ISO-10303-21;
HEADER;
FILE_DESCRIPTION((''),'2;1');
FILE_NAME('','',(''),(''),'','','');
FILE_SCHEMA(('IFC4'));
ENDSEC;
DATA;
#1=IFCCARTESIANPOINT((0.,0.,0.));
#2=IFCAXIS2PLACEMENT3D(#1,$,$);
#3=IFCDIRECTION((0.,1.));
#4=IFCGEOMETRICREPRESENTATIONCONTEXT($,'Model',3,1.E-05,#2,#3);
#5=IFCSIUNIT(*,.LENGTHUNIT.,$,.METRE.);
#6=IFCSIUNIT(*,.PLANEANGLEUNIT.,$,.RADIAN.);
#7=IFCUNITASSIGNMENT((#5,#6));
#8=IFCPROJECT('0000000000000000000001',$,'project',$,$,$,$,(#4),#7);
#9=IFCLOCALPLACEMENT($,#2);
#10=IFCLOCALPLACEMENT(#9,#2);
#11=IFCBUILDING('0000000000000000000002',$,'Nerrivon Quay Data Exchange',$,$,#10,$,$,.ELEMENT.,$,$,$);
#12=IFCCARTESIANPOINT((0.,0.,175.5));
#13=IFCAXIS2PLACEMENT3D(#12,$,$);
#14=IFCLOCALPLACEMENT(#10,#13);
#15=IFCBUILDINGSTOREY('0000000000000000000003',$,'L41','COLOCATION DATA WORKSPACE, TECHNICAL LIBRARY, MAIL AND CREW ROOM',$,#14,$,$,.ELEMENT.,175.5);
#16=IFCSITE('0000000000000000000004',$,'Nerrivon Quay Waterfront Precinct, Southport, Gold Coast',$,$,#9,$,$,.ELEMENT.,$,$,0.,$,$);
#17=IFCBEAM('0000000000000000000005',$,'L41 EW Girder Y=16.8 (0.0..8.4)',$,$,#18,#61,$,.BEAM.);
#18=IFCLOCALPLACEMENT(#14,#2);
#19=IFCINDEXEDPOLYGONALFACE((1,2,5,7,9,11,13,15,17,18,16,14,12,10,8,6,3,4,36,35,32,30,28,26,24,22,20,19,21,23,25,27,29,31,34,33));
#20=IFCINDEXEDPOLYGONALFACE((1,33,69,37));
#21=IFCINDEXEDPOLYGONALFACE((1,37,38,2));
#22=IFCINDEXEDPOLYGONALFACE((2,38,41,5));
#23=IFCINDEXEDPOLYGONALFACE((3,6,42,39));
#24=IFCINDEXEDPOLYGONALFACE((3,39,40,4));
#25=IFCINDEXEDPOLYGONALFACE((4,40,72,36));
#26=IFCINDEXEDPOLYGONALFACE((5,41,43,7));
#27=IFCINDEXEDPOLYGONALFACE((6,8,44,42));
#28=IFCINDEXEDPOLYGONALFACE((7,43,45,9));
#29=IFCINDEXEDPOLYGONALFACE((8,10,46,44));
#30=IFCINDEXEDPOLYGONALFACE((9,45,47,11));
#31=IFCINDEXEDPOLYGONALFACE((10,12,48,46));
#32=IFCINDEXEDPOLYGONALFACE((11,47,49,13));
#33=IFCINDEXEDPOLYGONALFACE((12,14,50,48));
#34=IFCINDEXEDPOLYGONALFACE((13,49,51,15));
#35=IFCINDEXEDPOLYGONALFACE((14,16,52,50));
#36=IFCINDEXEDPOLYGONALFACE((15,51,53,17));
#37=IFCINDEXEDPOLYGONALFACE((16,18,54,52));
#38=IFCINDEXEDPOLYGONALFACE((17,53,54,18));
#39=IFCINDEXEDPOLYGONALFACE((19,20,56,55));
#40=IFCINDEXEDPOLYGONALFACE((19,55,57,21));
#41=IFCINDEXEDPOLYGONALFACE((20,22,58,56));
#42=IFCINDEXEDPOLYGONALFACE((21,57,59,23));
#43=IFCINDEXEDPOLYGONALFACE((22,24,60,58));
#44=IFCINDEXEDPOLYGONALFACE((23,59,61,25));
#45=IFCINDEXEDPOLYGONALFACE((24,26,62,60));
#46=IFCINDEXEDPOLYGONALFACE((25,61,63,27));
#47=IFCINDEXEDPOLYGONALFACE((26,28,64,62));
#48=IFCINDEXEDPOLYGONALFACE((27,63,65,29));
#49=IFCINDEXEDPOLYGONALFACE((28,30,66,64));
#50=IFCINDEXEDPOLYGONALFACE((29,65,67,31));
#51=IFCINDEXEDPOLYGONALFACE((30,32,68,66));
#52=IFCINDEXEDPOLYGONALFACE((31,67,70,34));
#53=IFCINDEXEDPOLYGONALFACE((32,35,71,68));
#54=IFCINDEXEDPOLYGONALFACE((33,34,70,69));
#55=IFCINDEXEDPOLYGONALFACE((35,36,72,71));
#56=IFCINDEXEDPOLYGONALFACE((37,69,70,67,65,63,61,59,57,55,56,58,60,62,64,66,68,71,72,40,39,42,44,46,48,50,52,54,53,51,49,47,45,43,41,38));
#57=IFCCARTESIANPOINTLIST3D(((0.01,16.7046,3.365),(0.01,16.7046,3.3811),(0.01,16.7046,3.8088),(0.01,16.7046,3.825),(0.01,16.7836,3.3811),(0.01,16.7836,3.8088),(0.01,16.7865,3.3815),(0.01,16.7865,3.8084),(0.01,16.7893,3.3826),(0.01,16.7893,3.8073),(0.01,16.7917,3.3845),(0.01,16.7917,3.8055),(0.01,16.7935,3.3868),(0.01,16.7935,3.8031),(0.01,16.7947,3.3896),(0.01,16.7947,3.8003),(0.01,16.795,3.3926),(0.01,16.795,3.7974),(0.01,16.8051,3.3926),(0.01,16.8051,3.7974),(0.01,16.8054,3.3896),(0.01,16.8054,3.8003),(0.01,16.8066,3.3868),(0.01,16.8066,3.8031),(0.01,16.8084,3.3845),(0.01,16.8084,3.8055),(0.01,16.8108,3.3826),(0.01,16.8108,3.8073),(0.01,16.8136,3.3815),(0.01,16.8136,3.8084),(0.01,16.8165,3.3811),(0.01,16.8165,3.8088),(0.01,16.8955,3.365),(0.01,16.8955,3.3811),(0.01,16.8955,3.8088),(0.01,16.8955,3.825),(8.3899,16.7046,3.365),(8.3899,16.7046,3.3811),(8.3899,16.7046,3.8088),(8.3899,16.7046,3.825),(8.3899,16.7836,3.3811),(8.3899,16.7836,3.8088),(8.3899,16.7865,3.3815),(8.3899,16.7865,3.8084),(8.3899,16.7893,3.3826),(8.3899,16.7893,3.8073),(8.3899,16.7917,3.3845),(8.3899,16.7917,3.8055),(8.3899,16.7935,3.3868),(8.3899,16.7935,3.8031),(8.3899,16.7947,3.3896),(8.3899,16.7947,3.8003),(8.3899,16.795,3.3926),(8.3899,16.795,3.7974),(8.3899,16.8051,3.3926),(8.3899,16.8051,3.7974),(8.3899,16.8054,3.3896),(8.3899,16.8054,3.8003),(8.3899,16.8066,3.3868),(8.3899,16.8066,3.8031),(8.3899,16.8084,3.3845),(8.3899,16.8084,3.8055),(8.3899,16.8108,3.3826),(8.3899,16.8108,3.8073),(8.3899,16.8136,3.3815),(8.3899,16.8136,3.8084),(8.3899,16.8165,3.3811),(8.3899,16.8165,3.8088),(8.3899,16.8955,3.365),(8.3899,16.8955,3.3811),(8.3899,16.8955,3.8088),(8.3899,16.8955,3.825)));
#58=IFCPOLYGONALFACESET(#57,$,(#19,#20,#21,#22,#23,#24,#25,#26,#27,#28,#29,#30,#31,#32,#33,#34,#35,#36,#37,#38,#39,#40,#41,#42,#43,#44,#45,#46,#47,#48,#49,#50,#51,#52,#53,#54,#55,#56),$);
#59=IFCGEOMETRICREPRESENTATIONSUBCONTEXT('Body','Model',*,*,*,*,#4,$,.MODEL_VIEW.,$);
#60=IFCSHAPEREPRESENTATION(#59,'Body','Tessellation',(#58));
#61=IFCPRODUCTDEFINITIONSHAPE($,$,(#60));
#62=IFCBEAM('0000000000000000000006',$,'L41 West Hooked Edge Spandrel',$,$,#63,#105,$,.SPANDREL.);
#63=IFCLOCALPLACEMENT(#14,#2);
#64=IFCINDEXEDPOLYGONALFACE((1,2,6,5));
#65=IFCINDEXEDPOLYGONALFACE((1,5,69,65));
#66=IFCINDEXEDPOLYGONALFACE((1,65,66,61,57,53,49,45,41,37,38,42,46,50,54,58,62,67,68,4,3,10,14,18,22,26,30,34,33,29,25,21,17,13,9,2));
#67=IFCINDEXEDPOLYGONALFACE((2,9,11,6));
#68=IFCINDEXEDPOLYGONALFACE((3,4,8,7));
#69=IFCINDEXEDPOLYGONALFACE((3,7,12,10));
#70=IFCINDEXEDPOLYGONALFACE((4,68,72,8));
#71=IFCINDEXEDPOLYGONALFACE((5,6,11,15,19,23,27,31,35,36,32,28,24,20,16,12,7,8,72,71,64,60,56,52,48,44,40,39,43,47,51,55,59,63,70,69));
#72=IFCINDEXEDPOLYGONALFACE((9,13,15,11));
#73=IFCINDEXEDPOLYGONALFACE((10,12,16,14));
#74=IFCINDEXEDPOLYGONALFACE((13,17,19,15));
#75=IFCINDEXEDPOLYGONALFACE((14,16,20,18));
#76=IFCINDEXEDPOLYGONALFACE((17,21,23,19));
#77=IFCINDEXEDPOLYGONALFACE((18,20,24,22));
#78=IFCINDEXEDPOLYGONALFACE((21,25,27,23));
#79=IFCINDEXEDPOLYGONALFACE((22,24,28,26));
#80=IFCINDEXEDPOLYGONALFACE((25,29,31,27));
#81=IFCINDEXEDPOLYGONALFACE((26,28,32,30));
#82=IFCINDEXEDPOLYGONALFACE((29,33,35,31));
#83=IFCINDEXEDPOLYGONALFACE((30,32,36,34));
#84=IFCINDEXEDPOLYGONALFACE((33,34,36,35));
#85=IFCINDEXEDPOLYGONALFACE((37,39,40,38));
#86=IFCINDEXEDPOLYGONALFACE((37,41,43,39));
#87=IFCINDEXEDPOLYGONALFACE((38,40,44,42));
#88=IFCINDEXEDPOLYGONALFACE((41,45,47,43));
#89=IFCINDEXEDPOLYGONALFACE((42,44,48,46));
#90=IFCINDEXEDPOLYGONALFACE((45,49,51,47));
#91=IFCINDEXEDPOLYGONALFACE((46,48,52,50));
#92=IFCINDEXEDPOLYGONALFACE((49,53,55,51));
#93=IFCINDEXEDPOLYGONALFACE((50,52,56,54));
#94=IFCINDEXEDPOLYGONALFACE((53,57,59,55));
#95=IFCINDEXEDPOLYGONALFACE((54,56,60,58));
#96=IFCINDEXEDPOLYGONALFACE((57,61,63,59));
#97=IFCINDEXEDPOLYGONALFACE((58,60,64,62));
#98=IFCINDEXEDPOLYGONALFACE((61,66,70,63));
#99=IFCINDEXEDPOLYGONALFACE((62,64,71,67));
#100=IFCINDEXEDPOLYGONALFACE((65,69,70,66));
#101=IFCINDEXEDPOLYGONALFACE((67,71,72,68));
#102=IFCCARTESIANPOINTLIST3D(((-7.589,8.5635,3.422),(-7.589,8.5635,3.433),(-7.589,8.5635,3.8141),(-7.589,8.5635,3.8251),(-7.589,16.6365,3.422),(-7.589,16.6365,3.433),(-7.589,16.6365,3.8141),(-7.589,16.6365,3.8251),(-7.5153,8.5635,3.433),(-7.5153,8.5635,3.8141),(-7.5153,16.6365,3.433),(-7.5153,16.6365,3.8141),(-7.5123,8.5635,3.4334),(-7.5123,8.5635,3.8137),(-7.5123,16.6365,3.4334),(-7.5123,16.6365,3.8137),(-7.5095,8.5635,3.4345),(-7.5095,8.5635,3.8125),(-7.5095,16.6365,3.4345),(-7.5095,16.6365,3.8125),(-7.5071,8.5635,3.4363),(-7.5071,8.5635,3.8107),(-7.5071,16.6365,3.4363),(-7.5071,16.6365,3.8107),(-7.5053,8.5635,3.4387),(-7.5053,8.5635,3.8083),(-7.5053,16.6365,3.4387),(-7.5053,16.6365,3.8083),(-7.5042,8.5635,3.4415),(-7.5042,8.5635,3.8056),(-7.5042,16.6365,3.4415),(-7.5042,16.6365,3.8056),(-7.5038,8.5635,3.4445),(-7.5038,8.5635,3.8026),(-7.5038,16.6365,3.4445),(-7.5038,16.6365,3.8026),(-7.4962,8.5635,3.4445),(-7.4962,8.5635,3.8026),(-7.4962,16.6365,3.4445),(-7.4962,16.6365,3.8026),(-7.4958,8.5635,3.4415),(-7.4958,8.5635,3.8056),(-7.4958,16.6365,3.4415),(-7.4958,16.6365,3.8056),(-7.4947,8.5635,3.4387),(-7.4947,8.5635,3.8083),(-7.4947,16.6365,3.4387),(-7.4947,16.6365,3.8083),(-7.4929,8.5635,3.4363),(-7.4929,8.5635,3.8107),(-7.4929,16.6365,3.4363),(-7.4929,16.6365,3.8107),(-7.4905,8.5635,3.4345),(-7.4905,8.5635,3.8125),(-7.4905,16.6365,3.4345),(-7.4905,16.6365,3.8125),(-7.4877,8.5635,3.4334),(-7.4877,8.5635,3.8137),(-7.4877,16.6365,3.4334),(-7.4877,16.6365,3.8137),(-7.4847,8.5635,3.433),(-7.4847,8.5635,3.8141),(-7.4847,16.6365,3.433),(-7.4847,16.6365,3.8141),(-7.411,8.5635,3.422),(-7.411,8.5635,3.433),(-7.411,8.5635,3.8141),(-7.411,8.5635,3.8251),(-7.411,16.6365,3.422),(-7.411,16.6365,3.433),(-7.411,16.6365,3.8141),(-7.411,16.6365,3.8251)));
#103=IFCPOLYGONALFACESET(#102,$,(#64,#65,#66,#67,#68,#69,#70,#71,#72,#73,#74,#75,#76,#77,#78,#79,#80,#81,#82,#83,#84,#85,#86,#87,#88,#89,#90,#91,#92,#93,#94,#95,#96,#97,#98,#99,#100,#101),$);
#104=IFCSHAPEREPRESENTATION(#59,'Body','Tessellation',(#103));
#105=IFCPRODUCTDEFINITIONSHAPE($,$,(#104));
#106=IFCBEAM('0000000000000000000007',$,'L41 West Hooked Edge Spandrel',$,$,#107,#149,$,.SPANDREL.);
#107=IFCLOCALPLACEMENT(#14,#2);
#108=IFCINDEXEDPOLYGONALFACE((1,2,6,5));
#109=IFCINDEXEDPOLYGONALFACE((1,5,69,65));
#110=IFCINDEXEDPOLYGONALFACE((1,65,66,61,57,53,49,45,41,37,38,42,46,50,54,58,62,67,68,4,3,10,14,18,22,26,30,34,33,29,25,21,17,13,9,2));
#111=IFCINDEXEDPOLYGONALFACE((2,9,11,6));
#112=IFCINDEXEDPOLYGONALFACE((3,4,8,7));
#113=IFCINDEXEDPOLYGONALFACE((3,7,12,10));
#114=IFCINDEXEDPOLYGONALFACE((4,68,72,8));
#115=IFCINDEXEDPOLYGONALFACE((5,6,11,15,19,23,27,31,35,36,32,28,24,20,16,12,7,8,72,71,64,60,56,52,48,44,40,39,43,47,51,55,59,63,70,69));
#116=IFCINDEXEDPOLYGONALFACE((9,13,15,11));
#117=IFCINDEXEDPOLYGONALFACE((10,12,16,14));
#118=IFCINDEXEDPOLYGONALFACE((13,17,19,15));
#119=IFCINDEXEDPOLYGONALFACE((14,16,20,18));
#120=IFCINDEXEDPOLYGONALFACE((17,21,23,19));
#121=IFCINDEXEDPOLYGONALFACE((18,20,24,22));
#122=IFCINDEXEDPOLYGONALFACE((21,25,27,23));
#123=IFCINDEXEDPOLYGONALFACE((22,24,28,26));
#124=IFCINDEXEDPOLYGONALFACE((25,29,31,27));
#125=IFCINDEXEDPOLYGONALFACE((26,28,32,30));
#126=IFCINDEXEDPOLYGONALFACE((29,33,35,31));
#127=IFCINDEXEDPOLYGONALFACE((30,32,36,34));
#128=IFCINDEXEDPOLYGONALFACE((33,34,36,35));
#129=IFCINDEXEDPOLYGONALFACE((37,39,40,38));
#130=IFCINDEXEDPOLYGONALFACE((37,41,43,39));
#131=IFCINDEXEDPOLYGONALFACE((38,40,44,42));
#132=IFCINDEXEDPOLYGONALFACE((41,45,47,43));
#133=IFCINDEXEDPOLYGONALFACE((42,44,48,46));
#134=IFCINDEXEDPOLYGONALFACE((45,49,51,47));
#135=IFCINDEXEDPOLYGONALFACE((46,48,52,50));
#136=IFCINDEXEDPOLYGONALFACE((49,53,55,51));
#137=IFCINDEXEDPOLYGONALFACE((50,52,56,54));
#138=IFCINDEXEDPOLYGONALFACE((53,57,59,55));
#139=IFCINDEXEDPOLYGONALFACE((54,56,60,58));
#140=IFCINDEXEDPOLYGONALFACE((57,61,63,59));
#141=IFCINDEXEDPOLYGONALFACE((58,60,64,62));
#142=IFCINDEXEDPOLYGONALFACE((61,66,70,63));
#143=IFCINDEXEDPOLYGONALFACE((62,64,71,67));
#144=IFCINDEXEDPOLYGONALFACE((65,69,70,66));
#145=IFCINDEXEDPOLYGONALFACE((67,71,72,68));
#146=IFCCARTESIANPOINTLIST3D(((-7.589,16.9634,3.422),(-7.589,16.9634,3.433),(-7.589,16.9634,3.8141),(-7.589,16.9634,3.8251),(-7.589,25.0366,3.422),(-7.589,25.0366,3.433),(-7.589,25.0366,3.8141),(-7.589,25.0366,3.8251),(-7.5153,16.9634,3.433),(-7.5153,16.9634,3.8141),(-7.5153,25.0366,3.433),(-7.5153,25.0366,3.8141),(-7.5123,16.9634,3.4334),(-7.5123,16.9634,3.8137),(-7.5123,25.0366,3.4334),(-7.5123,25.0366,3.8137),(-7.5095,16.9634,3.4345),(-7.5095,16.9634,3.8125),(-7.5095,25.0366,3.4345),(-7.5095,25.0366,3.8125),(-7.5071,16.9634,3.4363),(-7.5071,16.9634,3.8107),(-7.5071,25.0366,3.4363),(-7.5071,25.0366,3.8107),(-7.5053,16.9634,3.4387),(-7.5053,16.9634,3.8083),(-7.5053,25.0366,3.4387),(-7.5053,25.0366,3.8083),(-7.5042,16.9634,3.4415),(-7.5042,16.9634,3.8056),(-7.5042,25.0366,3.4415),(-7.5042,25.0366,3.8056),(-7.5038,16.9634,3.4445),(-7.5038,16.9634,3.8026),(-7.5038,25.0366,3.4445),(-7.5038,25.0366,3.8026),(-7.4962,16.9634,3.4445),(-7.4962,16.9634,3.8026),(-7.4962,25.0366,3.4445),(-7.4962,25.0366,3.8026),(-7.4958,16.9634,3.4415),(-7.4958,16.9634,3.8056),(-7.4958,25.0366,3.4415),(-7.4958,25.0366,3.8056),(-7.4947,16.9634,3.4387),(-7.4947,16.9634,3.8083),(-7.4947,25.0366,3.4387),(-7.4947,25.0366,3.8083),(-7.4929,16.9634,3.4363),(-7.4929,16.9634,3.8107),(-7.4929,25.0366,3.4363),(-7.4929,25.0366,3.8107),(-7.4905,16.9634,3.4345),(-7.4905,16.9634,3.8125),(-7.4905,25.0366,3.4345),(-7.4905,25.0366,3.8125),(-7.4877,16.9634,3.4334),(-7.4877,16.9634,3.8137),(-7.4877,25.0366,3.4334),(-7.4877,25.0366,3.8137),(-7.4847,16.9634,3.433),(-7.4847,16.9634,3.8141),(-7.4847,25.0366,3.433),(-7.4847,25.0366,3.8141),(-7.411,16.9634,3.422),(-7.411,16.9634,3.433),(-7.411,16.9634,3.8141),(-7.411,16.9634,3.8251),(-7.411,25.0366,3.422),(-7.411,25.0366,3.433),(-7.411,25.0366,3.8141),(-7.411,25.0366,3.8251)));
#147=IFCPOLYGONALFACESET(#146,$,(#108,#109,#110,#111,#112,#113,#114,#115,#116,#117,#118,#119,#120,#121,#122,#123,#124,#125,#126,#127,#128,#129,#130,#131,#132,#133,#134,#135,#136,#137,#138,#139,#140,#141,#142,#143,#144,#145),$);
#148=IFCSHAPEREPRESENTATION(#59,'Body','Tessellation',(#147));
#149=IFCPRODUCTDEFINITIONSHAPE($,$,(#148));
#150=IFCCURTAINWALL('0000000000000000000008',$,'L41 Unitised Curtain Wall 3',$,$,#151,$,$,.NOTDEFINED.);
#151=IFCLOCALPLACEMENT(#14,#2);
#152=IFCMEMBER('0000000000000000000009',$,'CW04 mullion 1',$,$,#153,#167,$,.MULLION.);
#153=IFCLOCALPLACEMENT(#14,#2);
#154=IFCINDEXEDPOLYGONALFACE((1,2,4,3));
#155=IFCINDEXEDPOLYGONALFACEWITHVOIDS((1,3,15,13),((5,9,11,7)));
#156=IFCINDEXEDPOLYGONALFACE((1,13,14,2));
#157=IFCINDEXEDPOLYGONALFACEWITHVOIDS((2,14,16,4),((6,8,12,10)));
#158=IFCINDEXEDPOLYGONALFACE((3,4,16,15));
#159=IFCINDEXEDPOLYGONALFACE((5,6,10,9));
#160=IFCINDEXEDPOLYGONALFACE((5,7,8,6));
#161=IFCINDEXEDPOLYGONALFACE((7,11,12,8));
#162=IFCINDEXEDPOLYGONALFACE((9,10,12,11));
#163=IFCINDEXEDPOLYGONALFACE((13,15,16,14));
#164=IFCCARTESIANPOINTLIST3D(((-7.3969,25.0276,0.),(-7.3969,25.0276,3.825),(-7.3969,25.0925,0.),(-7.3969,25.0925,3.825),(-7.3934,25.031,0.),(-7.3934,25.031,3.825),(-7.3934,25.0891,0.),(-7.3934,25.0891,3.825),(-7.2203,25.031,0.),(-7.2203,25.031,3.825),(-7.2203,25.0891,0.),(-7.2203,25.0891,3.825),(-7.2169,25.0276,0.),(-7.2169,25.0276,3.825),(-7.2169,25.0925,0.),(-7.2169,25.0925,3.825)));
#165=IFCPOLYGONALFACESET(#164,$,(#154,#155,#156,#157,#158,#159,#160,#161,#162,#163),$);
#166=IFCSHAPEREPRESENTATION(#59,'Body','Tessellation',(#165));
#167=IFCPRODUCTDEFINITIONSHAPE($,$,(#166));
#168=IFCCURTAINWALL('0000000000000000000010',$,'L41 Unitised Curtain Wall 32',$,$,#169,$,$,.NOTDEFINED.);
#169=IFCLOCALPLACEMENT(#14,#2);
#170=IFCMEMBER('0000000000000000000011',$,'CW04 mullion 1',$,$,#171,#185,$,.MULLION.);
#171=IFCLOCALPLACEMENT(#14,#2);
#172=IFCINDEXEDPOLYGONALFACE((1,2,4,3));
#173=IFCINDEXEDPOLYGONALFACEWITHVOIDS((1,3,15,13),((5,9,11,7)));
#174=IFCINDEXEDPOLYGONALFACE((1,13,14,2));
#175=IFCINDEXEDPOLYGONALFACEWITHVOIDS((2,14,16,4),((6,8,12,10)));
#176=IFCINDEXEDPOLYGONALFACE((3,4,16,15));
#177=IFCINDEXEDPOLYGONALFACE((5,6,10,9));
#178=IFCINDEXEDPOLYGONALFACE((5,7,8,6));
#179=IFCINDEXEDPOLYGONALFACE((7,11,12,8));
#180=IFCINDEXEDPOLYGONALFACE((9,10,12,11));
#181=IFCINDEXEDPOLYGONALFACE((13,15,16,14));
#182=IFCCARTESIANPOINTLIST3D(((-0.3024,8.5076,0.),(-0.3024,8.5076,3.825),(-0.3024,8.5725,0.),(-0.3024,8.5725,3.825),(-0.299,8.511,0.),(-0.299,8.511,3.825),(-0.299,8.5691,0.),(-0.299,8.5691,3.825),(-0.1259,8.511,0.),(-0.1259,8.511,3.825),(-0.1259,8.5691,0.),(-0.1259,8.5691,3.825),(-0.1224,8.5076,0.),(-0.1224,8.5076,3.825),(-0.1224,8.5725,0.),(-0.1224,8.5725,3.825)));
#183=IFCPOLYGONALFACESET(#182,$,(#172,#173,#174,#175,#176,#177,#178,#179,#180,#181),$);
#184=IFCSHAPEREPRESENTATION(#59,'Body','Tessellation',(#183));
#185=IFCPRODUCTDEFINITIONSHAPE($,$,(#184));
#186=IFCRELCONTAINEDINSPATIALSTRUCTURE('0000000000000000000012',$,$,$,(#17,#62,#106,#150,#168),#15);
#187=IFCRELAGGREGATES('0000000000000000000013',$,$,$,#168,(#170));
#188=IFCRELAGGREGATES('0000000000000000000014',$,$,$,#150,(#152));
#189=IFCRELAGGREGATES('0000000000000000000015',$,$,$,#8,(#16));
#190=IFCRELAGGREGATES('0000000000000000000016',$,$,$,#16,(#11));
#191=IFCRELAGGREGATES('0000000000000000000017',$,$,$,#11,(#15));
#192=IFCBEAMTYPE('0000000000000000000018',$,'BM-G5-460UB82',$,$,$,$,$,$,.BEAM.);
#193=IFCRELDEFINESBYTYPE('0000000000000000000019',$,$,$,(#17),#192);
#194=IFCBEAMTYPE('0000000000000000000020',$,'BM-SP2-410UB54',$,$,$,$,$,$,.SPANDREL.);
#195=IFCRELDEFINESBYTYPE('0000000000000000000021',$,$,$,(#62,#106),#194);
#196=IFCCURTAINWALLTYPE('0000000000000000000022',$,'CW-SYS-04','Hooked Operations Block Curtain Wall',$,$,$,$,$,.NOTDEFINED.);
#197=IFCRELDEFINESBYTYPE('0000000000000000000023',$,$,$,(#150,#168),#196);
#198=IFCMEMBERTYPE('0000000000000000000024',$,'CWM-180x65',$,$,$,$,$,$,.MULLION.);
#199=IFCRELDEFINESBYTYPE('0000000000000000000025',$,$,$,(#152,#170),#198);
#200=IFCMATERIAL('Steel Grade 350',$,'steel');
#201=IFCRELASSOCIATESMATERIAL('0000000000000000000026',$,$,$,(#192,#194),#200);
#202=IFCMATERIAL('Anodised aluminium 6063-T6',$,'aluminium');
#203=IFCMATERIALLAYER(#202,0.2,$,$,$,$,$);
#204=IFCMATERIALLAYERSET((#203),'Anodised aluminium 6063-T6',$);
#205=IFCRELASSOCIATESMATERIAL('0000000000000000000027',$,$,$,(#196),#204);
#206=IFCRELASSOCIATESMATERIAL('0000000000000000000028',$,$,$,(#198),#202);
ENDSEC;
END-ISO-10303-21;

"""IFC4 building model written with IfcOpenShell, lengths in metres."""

from ifc_helpers import new_model, si_unit, direction, frame, origin, origin_2d, place, context, subcontext, project, spatial, hollow_rectangle, i_section, extrude, material, layer, layer_set, material_profile, profile_set, type_object, element, aggregate, save


model = new_model("IFC4")

# Units and contexts
model_context = context("Model", 3, precision=1e-05, world=origin(), true_north=direction((0.0, 1.0)))
body_context = subcontext(model_context, "Body", "Model", "MODEL_VIEW")
ifc_project = project(units=[si_unit("LENGTHUNIT", "METRE"), si_unit("PLANEANGLEUNIT", "RADIAN")], contexts=[model_context])

# Site, building, storey
site_placement = place(None, origin())
site = spatial("IfcSite", under=ifc_project, at=site_placement, Name="Nerrivon Quay Waterfront Precinct, Southport, Gold Coast", CompositionType="ELEMENT", RefElevation=0.0)
building_placement = place(site_placement, origin())
building = spatial("IfcBuilding", under=site, at=building_placement, Name="Nerrivon Quay Data Exchange", CompositionType="ELEMENT")
storey_placement = place(building_placement, frame((0.0, 0.0, 175.5)))
storey = spatial("IfcBuildingStorey", under=building, at=storey_placement, Name="L41", Description="COLOCATION DATA WORKSPACE, TECHNICAL LIBRARY, MAIL AND CREW ROOM", CompositionType="ELEMENT", Elevation=175.5)

# Shared definitions
ifc_material_1 = material(Name="Steel Grade 350", Category="steel")

# Beams
ifc_material_profile_1 = material_profile(ifc_material_1, i_section(OverallWidth=0.1909, OverallDepth=0.46, WebThickness=0.01, FlangeThickness=0.0161, FilletRadius=0.0115, at=origin_2d()), Name="460UB82.1")
ifc_profile_set_1 = profile_set([ifc_material_profile_1], Name="Steel Grade 350")
beam_type_1 = type_object("IfcBeamType", Name="BM-G5-460UB82", PredefinedType="BEAM", material=ifc_profile_set_1)
beam_1_placement = place(storey_placement, frame((0.01, 16.8, 3.595), z_axis=(1.0, 0.0, 0.0), x_axis=(0.0, 1.0, 0.0)))
element("IfcBeam", 1, at=beam_1_placement, inside=storey, type_object=beam_type_1, Name="L41 EW Girder Y=16.8 (0.0..8.4)", PredefinedType="BEAM", context=body_context, shape_type="SweptSolid", body=[
    extrude(i_section(OverallWidth=0.1909, OverallDepth=0.46, WebThickness=0.01, FlangeThickness=0.0161, FilletRadius=0.0115, at=origin_2d()), origin(), (0.0, 0.0, 1.0), 8.3799),
])
ifc_material_profile_2 = material_profile(ifc_material_1, i_section(OverallWidth=0.178, OverallDepth=0.4031, WebThickness=0.0076, FlangeThickness=0.011, FilletRadius=0.0115, at=origin_2d()), Name="410UB53.7")
ifc_profile_set_2 = profile_set([ifc_material_profile_2], Name="Steel Grade 350")
beam_type_2 = type_object("IfcBeamType", Name="BM-SP2-410UB54", PredefinedType="SPANDREL", material=ifc_profile_set_2)
beam_2_placement = place(storey_placement, frame((-7.5, 8.5635, 3.6235), z_axis=(0.0, 1.0, 0.0), x_axis=(-1.0, 0.0, 0.0)))
element("IfcBeam", 2, at=beam_2_placement, inside=storey, type_object=beam_type_2, Name="L41 West Hooked Edge Spandrel", PredefinedType="SPANDREL", context=body_context, shape_type="SweptSolid", body=[
    extrude(i_section(OverallWidth=0.178, OverallDepth=0.4031, WebThickness=0.0076, FlangeThickness=0.011, FilletRadius=0.0115, at=origin_2d()), origin(), (0.0, 0.0, 1.0), 8.073),
])
beam_3_placement = place(storey_placement, frame((-7.5, 16.9634, 3.6235), z_axis=(0.0, 1.0, 0.0), x_axis=(-1.0, 0.0, 0.0)))
element("IfcBeam", 3, at=beam_3_placement, inside=storey, type_object=beam_type_2, Name="L41 West Hooked Edge Spandrel", PredefinedType="SPANDREL", context=body_context, shape_type="SweptSolid", body=[
    extrude(i_section(OverallWidth=0.178, OverallDepth=0.4031, WebThickness=0.0076, FlangeThickness=0.011, FilletRadius=0.0115, at=origin_2d()), origin(), (0.0, 0.0, 1.0), 8.0732),
])

# Curtain walls, members
ifc_material_2 = material(Name="Anodised aluminium 6063-T6", Category="aluminium")
ifc_layer_1 = layer(ifc_material_2, 0.2)
ifc_layer_set_1 = layer_set([ifc_layer_1], Name="Anodised aluminium 6063-T6")
curtain_wall_type = type_object("IfcCurtainWallType", Name="CW-SYS-04", Description="Hooked Operations Block Curtain Wall", PredefinedType="NOTDEFINED", material=ifc_layer_set_1)
curtain_wall_1_placement = place(storey_placement, origin())
curtain_wall_1 = element("IfcCurtainWall", 4, at=curtain_wall_1_placement, inside=storey, type_object=curtain_wall_type, Name="L41 Unitised Curtain Wall 3", PredefinedType="NOTDEFINED")
ifc_material_profile_3 = material_profile(ifc_material_2, hollow_rectangle(XDim=0.0649, YDim=0.1799, WallThickness=0.0034, at=origin_2d()), Name="ALU-MULL-180x65")
ifc_profile_set_3 = profile_set([ifc_material_profile_3], Name="Anodised aluminium 6063-T6")
member_type_1 = type_object("IfcMemberType", Name="CWM-180x65", PredefinedType="MULLION", material=ifc_profile_set_3)
member_1_placement = place(storey_placement, frame((-7.3069, 25.0601, 0.0), z_axis=(0.0, 0.0, 1.0), x_axis=(0.0, 1.0, 0.0)))
member_1 = element("IfcMember", 5, at=member_1_placement, type_object=member_type_1, Name="CW04 mullion 1", PredefinedType="MULLION", context=body_context, shape_type="SweptSolid", body=[
    extrude(hollow_rectangle(XDim=0.0649, YDim=0.1799, WallThickness=0.0034, at=origin_2d()), origin(), (0.0, 0.0, 1.0), 3.825),
])
curtain_wall_2_placement = place(storey_placement, origin())
curtain_wall_2 = element("IfcCurtainWall", 6, at=curtain_wall_2_placement, inside=storey, type_object=curtain_wall_type, Name="L41 Unitised Curtain Wall 32", PredefinedType="NOTDEFINED")
member_2_placement = place(storey_placement, frame((-0.2124, 8.54, 0.0), z_axis=(0.0, 0.0, 1.0), x_axis=(0.0, -1.0, 0.0)))
member_2 = element("IfcMember", 7, at=member_2_placement, type_object=member_type_1, Name="CW04 mullion 1", PredefinedType="MULLION", context=body_context, shape_type="SweptSolid", body=[
    extrude(hollow_rectangle(XDim=0.0649, YDim=0.1799, WallThickness=0.0034, at=origin_2d()), origin(), (0.0, 0.0, 1.0), 3.825),
])
aggregate(curtain_wall_2, [member_2])

aggregate(curtain_wall_1, [member_1])

save(model, "model.ifc")
